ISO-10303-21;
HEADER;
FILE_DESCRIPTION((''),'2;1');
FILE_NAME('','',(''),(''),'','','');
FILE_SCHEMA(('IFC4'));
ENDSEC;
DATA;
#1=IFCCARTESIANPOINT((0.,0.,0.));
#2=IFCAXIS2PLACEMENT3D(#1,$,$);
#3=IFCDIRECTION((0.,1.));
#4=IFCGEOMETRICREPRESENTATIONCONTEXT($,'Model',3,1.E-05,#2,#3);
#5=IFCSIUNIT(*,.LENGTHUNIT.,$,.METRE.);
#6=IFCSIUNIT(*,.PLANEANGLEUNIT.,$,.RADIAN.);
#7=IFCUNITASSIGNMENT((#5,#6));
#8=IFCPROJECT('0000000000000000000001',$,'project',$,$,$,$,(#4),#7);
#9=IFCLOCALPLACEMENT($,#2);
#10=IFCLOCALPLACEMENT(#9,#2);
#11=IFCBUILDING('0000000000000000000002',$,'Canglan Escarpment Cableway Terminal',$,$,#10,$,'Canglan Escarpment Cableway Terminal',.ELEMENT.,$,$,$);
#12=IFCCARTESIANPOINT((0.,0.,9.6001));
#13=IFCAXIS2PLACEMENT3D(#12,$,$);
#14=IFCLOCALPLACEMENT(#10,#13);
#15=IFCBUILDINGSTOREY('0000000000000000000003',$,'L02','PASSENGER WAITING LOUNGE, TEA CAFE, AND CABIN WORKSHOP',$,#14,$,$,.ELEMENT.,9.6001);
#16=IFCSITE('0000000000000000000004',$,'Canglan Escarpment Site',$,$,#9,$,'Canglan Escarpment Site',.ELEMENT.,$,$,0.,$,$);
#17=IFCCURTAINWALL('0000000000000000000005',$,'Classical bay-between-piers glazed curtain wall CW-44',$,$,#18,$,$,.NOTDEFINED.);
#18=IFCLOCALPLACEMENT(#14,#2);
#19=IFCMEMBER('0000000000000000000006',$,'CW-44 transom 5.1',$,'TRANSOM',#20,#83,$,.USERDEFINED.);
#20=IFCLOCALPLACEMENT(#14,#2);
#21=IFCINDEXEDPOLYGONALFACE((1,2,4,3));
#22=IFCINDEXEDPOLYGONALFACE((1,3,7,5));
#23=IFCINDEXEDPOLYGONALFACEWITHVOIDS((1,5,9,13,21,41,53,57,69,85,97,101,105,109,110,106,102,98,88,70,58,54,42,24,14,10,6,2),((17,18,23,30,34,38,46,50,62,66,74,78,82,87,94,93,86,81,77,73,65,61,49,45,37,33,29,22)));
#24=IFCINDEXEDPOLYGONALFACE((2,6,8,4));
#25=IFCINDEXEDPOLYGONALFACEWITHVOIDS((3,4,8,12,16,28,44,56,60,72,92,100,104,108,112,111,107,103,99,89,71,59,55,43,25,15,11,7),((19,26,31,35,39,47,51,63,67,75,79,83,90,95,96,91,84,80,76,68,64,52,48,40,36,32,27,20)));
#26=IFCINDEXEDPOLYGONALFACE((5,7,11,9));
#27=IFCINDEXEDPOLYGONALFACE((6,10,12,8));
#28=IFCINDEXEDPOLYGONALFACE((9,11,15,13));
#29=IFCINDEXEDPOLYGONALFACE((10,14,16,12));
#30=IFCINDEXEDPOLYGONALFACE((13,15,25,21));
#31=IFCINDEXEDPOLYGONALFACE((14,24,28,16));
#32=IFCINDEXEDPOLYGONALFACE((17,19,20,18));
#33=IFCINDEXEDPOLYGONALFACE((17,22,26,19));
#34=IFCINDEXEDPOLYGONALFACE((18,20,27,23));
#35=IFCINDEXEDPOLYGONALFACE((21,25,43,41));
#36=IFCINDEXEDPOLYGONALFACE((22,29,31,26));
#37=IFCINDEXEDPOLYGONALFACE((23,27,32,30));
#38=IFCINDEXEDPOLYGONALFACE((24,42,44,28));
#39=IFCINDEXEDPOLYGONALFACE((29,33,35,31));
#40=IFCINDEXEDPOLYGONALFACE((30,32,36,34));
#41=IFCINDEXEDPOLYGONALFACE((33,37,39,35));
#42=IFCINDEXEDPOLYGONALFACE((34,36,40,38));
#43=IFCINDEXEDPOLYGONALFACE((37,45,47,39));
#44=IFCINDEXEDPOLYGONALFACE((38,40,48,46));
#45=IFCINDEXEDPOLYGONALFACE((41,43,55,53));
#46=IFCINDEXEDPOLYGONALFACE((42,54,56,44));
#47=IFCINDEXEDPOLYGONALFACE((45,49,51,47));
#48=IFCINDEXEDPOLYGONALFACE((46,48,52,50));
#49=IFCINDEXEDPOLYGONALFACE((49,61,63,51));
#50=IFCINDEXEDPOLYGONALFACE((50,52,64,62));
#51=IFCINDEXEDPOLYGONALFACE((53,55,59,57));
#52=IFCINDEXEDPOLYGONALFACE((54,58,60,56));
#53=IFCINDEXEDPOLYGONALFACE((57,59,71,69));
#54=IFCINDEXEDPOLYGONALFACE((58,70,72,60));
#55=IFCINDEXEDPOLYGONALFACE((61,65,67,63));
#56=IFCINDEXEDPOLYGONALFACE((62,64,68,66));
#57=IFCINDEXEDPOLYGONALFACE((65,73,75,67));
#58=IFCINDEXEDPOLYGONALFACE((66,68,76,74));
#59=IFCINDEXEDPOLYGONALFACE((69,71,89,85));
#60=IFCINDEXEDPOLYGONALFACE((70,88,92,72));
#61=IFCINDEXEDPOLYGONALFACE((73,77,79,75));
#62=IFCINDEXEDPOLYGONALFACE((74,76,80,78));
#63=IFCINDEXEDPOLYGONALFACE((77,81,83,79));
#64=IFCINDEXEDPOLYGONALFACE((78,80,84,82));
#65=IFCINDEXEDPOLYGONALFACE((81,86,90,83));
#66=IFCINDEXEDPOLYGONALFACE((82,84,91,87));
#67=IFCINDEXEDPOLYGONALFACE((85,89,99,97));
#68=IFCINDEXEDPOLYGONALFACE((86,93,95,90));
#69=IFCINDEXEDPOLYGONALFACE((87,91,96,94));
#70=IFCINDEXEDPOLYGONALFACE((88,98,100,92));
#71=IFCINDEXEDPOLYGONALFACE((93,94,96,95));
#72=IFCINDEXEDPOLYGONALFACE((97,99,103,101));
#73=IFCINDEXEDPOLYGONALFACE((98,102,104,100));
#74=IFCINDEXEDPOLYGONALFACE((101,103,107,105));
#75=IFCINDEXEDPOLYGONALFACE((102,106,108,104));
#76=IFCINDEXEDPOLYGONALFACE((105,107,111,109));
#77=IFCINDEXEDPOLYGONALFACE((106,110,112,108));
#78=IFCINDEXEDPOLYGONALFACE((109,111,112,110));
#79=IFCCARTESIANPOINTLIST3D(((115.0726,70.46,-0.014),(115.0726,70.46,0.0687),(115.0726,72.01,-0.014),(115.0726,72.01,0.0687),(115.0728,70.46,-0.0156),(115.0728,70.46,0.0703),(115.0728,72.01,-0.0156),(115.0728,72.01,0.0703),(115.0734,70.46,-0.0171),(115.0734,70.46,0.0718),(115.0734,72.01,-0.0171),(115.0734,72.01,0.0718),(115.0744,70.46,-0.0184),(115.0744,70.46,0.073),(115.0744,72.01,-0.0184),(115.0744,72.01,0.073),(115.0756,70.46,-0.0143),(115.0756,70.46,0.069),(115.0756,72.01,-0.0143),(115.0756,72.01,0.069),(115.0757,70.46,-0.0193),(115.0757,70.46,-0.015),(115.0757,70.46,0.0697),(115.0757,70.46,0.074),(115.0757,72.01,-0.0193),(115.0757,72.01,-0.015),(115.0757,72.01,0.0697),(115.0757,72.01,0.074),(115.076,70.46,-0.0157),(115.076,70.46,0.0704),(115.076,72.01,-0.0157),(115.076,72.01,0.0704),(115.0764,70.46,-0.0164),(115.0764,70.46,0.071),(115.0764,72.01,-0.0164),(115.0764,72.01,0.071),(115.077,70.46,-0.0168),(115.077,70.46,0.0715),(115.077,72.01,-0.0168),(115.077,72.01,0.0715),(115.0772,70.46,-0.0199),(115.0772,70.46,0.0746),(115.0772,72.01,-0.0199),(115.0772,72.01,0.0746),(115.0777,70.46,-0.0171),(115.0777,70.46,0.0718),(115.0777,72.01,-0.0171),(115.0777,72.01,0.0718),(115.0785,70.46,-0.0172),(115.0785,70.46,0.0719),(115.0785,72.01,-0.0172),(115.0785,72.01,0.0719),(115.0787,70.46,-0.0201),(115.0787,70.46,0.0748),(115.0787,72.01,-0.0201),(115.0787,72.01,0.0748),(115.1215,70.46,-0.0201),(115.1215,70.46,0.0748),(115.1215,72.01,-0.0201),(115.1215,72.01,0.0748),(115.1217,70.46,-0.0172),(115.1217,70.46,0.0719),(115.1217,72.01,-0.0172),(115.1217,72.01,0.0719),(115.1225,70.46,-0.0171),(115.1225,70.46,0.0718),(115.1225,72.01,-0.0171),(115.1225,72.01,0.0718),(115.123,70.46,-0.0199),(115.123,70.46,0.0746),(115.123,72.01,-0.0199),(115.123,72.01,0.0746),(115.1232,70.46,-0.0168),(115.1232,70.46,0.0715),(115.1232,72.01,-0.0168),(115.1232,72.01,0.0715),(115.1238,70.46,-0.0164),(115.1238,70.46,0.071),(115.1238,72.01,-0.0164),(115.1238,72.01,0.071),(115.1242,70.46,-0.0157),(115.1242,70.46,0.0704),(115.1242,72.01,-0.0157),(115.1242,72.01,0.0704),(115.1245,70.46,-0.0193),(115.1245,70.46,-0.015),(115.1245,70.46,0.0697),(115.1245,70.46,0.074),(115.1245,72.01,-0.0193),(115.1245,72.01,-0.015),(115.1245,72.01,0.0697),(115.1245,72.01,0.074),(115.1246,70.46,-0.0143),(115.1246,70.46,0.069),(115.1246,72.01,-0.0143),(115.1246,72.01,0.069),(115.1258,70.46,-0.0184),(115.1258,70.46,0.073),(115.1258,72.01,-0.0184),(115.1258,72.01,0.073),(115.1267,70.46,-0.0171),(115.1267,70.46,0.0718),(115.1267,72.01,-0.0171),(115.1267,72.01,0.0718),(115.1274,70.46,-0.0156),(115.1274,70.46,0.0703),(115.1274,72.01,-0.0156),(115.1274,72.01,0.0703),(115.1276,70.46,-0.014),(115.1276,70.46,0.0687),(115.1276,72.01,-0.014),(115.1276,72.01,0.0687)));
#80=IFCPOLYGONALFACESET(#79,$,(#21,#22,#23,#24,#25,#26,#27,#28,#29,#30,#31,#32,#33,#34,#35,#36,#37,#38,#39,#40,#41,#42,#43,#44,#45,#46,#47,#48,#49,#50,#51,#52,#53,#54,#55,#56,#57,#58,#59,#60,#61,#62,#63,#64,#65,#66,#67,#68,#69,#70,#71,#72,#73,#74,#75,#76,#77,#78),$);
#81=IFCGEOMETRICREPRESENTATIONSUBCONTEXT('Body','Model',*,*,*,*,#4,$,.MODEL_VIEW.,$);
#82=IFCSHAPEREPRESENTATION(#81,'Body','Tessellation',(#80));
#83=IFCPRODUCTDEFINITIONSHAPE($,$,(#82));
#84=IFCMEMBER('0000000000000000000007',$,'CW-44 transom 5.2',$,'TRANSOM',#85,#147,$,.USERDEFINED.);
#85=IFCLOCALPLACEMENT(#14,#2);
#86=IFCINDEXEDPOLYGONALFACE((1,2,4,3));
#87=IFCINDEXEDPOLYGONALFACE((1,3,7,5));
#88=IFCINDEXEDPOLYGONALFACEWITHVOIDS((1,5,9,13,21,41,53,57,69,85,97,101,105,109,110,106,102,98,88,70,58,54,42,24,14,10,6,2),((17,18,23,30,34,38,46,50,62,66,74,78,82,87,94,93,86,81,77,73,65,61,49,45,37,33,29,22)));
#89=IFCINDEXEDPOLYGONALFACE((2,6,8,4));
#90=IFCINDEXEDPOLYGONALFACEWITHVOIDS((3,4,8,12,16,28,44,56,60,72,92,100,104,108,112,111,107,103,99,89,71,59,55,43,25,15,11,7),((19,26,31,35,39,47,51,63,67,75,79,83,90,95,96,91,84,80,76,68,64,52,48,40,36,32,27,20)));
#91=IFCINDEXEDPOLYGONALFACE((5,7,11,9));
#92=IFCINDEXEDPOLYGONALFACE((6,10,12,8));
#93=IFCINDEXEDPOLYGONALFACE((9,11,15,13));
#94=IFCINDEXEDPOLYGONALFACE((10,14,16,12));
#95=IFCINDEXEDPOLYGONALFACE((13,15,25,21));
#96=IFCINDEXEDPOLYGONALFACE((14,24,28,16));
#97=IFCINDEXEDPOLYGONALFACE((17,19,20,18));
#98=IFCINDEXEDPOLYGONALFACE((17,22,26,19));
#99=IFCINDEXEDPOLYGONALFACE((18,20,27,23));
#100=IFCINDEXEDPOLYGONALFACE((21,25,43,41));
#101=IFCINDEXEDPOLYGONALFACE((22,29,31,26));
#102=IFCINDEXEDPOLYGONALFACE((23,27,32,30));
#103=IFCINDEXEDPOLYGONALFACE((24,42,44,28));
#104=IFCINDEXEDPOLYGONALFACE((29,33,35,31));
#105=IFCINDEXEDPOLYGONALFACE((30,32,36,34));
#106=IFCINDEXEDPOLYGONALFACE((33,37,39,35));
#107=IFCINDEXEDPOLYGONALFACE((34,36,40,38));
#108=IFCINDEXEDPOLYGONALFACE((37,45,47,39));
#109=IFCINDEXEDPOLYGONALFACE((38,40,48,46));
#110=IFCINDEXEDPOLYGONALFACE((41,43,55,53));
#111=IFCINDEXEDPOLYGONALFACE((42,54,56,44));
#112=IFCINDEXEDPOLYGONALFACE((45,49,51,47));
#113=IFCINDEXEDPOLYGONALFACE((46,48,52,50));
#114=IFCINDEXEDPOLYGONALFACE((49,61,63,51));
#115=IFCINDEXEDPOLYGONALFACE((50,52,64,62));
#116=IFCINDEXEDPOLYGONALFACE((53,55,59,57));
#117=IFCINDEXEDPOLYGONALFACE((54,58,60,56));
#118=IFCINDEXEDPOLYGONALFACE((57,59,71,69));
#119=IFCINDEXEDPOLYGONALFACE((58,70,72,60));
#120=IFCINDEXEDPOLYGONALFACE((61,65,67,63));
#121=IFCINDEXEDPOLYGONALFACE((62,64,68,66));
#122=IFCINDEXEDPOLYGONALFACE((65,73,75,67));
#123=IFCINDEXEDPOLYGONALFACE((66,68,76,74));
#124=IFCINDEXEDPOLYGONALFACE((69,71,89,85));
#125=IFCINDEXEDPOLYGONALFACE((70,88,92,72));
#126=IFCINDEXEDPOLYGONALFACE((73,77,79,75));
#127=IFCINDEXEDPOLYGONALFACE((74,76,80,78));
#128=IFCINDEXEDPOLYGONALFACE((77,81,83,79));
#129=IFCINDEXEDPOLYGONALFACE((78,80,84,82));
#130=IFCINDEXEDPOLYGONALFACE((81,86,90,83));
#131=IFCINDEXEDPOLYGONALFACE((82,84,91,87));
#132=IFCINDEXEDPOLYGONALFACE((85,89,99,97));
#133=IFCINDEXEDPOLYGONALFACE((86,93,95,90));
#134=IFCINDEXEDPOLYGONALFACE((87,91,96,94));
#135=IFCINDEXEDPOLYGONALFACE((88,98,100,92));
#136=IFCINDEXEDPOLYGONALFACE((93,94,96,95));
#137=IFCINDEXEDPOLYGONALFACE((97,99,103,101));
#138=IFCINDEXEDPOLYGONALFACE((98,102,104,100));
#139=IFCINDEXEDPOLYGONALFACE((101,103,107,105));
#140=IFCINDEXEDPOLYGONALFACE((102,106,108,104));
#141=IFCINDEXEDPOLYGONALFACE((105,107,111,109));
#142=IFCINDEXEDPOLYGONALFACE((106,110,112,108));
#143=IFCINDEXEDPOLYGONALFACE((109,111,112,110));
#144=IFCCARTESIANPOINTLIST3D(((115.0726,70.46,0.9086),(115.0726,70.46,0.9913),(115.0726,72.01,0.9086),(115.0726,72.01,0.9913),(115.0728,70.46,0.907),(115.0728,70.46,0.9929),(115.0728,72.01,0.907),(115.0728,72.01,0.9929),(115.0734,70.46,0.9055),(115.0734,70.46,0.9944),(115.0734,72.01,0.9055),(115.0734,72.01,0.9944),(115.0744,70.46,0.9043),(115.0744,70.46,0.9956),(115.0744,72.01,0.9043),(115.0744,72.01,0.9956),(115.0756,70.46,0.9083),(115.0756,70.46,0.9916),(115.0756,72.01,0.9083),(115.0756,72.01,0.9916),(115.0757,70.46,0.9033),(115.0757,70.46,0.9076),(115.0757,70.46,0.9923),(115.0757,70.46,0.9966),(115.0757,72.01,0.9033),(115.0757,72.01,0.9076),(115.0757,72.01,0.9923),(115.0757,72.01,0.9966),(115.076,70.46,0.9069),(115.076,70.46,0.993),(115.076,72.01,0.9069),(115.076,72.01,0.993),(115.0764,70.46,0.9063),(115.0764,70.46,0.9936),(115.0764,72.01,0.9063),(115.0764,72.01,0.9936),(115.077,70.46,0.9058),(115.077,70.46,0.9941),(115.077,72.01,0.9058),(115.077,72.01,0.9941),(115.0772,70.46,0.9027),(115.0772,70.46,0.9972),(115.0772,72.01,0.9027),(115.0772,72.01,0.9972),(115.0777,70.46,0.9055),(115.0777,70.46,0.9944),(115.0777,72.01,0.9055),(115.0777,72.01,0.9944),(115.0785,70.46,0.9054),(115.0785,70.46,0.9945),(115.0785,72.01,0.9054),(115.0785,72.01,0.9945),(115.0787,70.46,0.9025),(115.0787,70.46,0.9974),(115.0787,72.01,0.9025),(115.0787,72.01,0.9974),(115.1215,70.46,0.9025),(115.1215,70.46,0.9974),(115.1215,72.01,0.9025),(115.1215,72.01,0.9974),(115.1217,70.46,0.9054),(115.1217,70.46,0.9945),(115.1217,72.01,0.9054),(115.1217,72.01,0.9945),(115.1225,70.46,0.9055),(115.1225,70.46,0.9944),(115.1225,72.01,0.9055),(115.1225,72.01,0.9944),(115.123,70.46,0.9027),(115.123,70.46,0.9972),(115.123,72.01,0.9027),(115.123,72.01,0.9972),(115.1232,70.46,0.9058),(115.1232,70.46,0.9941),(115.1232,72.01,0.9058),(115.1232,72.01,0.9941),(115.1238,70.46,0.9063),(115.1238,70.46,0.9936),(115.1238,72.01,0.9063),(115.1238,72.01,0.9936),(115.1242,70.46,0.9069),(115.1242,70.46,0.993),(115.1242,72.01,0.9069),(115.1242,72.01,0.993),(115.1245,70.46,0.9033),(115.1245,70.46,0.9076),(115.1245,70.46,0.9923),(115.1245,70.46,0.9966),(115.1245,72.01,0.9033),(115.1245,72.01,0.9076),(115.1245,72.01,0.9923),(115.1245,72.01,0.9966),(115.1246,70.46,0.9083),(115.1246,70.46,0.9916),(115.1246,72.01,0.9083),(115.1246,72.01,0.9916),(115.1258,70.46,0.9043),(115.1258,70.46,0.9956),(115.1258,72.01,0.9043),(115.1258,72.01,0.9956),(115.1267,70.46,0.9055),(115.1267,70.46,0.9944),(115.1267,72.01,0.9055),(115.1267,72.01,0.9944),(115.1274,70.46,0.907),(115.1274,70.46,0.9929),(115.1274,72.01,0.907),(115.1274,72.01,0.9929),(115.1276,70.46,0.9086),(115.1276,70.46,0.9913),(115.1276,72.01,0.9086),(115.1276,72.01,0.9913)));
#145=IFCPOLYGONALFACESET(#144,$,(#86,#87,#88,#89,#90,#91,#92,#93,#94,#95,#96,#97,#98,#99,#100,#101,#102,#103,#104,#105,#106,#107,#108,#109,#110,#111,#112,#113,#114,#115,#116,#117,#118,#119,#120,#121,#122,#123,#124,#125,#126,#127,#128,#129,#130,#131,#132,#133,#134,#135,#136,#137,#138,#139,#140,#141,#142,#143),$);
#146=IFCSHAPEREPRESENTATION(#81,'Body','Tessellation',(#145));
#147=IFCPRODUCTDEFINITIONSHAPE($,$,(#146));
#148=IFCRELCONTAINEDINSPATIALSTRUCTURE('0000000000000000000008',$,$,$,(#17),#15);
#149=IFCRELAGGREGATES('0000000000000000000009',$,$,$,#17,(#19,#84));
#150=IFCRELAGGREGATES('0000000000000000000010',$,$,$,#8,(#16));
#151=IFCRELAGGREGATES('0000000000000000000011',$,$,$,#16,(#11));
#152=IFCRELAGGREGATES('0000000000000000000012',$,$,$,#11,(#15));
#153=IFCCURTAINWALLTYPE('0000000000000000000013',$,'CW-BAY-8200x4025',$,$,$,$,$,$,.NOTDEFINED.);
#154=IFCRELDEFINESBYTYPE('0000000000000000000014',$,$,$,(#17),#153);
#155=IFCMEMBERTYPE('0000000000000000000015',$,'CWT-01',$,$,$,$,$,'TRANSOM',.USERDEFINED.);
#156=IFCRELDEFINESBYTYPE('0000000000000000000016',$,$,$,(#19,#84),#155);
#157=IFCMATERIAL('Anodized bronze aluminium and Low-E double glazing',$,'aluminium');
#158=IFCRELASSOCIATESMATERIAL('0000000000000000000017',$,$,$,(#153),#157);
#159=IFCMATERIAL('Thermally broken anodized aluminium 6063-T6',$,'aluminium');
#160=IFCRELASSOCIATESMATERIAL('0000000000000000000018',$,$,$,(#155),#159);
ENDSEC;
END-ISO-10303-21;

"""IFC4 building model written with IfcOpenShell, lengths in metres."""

from ifc_helpers import new_model, si_unit, direction, frame, origin, origin_2d, place, context, subcontext, project, spatial, hollow_rectangle, extrude, material, material_profile, profile_set, type_object, element, aggregate, save


model = new_model("IFC4")

# Units and contexts
model_context = context("Model", 3, precision=1e-05, world=origin(), true_north=direction((0.0, 1.0)))
body_context = subcontext(model_context, "Body", "Model", "MODEL_VIEW")
ifc_project = project(units=[si_unit("LENGTHUNIT", "METRE"), si_unit("PLANEANGLEUNIT", "RADIAN")], contexts=[model_context])

# Site, building, storey
site_placement = place(None, origin())
site = spatial("IfcSite", under=ifc_project, at=site_placement, Name="Canglan Escarpment Site", LongName="Canglan Escarpment Site", CompositionType="ELEMENT", RefElevation=0.0)
building_placement = place(site_placement, origin())
building = spatial("IfcBuilding", under=site, at=building_placement, Name="Canglan Escarpment Cableway Terminal", LongName="Canglan Escarpment Cableway Terminal", CompositionType="ELEMENT")
storey_placement = place(building_placement, frame((0.0, 0.0, 9.6001)))
storey = spatial("IfcBuildingStorey", under=building, at=storey_placement, Name="L02", Description="PASSENGER WAITING LOUNGE, TEA CAFE, AND CABIN WORKSHOP", CompositionType="ELEMENT", Elevation=9.6001)

# Curtain wall
ifc_material_1 = material(Name="Anodized bronze aluminium and Low-E double glazing", Category="aluminium")
curtain_wall_type = type_object("IfcCurtainWallType", Name="CW-BAY-8200x4025", PredefinedType="NOTDEFINED", material=ifc_material_1)
curtain_wall_1_placement = place(storey_placement, origin())
curtain_wall_1 = element("IfcCurtainWall", 1, at=curtain_wall_1_placement, inside=storey, type_object=curtain_wall_type, Name="Classical bay-between-piers glazed curtain wall CW-44", PredefinedType="NOTDEFINED")
ifc_material_2 = material(Name="Thermally broken anodized aluminium 6063-T6", Category="aluminium")

# Members
ifc_material_profile_1 = material_profile(ifc_material_2, hollow_rectangle(XDim=0.0549, YDim=0.095, WallThickness=0.0029, InnerFilletRadius=0.0029, OuterFilletRadius=0.0061, at=origin_2d()), Name="ALU-TRAN 55x95x3")
ifc_profile_set_1 = profile_set([ifc_material_profile_1], Name="Thermally broken anodized aluminium 6063-T6")
member_type_1 = type_object("IfcMemberType", Name="CWT-01", ElementType="TRANSOM", PredefinedType="USERDEFINED", material=ifc_profile_set_1)
member_1_placement = place(storey_placement, frame((115.1001, 72.01, 0.0273), z_axis=(0.0, -1.0, 0.0), x_axis=(1.0, 0.0, 0.0)))
member_1 = element("IfcMember", 2, at=member_1_placement, type_object=member_type_1, Name="CW-44 transom 5.1", ObjectType="TRANSOM", PredefinedType="USERDEFINED", context=body_context, shape_type="SweptSolid", body=[
    extrude(hollow_rectangle(XDim=0.0549, YDim=0.095, WallThickness=0.0029, InnerFilletRadius=0.0029, OuterFilletRadius=0.0061, at=origin_2d()), origin(), (0.0, 0.0, 1.0), 1.55),
])
member_2_placement = place(storey_placement, frame((115.1001, 72.01, 0.95), z_axis=(0.0, -1.0, 0.0), x_axis=(1.0, 0.0, 0.0)))
member_2 = element("IfcMember", 3, at=member_2_placement, type_object=member_type_1, Name="CW-44 transom 5.2", ObjectType="TRANSOM", PredefinedType="USERDEFINED", context=body_context, shape_type="SweptSolid", body=[
    extrude(hollow_rectangle(XDim=0.0549, YDim=0.095, WallThickness=0.0029, InnerFilletRadius=0.0029, OuterFilletRadius=0.0061, at=origin_2d()), origin(), (0.0, 0.0, 1.0), 1.55),
])

aggregate(curtain_wall_1, [member_1, member_2])

save(model, "model.ifc")
